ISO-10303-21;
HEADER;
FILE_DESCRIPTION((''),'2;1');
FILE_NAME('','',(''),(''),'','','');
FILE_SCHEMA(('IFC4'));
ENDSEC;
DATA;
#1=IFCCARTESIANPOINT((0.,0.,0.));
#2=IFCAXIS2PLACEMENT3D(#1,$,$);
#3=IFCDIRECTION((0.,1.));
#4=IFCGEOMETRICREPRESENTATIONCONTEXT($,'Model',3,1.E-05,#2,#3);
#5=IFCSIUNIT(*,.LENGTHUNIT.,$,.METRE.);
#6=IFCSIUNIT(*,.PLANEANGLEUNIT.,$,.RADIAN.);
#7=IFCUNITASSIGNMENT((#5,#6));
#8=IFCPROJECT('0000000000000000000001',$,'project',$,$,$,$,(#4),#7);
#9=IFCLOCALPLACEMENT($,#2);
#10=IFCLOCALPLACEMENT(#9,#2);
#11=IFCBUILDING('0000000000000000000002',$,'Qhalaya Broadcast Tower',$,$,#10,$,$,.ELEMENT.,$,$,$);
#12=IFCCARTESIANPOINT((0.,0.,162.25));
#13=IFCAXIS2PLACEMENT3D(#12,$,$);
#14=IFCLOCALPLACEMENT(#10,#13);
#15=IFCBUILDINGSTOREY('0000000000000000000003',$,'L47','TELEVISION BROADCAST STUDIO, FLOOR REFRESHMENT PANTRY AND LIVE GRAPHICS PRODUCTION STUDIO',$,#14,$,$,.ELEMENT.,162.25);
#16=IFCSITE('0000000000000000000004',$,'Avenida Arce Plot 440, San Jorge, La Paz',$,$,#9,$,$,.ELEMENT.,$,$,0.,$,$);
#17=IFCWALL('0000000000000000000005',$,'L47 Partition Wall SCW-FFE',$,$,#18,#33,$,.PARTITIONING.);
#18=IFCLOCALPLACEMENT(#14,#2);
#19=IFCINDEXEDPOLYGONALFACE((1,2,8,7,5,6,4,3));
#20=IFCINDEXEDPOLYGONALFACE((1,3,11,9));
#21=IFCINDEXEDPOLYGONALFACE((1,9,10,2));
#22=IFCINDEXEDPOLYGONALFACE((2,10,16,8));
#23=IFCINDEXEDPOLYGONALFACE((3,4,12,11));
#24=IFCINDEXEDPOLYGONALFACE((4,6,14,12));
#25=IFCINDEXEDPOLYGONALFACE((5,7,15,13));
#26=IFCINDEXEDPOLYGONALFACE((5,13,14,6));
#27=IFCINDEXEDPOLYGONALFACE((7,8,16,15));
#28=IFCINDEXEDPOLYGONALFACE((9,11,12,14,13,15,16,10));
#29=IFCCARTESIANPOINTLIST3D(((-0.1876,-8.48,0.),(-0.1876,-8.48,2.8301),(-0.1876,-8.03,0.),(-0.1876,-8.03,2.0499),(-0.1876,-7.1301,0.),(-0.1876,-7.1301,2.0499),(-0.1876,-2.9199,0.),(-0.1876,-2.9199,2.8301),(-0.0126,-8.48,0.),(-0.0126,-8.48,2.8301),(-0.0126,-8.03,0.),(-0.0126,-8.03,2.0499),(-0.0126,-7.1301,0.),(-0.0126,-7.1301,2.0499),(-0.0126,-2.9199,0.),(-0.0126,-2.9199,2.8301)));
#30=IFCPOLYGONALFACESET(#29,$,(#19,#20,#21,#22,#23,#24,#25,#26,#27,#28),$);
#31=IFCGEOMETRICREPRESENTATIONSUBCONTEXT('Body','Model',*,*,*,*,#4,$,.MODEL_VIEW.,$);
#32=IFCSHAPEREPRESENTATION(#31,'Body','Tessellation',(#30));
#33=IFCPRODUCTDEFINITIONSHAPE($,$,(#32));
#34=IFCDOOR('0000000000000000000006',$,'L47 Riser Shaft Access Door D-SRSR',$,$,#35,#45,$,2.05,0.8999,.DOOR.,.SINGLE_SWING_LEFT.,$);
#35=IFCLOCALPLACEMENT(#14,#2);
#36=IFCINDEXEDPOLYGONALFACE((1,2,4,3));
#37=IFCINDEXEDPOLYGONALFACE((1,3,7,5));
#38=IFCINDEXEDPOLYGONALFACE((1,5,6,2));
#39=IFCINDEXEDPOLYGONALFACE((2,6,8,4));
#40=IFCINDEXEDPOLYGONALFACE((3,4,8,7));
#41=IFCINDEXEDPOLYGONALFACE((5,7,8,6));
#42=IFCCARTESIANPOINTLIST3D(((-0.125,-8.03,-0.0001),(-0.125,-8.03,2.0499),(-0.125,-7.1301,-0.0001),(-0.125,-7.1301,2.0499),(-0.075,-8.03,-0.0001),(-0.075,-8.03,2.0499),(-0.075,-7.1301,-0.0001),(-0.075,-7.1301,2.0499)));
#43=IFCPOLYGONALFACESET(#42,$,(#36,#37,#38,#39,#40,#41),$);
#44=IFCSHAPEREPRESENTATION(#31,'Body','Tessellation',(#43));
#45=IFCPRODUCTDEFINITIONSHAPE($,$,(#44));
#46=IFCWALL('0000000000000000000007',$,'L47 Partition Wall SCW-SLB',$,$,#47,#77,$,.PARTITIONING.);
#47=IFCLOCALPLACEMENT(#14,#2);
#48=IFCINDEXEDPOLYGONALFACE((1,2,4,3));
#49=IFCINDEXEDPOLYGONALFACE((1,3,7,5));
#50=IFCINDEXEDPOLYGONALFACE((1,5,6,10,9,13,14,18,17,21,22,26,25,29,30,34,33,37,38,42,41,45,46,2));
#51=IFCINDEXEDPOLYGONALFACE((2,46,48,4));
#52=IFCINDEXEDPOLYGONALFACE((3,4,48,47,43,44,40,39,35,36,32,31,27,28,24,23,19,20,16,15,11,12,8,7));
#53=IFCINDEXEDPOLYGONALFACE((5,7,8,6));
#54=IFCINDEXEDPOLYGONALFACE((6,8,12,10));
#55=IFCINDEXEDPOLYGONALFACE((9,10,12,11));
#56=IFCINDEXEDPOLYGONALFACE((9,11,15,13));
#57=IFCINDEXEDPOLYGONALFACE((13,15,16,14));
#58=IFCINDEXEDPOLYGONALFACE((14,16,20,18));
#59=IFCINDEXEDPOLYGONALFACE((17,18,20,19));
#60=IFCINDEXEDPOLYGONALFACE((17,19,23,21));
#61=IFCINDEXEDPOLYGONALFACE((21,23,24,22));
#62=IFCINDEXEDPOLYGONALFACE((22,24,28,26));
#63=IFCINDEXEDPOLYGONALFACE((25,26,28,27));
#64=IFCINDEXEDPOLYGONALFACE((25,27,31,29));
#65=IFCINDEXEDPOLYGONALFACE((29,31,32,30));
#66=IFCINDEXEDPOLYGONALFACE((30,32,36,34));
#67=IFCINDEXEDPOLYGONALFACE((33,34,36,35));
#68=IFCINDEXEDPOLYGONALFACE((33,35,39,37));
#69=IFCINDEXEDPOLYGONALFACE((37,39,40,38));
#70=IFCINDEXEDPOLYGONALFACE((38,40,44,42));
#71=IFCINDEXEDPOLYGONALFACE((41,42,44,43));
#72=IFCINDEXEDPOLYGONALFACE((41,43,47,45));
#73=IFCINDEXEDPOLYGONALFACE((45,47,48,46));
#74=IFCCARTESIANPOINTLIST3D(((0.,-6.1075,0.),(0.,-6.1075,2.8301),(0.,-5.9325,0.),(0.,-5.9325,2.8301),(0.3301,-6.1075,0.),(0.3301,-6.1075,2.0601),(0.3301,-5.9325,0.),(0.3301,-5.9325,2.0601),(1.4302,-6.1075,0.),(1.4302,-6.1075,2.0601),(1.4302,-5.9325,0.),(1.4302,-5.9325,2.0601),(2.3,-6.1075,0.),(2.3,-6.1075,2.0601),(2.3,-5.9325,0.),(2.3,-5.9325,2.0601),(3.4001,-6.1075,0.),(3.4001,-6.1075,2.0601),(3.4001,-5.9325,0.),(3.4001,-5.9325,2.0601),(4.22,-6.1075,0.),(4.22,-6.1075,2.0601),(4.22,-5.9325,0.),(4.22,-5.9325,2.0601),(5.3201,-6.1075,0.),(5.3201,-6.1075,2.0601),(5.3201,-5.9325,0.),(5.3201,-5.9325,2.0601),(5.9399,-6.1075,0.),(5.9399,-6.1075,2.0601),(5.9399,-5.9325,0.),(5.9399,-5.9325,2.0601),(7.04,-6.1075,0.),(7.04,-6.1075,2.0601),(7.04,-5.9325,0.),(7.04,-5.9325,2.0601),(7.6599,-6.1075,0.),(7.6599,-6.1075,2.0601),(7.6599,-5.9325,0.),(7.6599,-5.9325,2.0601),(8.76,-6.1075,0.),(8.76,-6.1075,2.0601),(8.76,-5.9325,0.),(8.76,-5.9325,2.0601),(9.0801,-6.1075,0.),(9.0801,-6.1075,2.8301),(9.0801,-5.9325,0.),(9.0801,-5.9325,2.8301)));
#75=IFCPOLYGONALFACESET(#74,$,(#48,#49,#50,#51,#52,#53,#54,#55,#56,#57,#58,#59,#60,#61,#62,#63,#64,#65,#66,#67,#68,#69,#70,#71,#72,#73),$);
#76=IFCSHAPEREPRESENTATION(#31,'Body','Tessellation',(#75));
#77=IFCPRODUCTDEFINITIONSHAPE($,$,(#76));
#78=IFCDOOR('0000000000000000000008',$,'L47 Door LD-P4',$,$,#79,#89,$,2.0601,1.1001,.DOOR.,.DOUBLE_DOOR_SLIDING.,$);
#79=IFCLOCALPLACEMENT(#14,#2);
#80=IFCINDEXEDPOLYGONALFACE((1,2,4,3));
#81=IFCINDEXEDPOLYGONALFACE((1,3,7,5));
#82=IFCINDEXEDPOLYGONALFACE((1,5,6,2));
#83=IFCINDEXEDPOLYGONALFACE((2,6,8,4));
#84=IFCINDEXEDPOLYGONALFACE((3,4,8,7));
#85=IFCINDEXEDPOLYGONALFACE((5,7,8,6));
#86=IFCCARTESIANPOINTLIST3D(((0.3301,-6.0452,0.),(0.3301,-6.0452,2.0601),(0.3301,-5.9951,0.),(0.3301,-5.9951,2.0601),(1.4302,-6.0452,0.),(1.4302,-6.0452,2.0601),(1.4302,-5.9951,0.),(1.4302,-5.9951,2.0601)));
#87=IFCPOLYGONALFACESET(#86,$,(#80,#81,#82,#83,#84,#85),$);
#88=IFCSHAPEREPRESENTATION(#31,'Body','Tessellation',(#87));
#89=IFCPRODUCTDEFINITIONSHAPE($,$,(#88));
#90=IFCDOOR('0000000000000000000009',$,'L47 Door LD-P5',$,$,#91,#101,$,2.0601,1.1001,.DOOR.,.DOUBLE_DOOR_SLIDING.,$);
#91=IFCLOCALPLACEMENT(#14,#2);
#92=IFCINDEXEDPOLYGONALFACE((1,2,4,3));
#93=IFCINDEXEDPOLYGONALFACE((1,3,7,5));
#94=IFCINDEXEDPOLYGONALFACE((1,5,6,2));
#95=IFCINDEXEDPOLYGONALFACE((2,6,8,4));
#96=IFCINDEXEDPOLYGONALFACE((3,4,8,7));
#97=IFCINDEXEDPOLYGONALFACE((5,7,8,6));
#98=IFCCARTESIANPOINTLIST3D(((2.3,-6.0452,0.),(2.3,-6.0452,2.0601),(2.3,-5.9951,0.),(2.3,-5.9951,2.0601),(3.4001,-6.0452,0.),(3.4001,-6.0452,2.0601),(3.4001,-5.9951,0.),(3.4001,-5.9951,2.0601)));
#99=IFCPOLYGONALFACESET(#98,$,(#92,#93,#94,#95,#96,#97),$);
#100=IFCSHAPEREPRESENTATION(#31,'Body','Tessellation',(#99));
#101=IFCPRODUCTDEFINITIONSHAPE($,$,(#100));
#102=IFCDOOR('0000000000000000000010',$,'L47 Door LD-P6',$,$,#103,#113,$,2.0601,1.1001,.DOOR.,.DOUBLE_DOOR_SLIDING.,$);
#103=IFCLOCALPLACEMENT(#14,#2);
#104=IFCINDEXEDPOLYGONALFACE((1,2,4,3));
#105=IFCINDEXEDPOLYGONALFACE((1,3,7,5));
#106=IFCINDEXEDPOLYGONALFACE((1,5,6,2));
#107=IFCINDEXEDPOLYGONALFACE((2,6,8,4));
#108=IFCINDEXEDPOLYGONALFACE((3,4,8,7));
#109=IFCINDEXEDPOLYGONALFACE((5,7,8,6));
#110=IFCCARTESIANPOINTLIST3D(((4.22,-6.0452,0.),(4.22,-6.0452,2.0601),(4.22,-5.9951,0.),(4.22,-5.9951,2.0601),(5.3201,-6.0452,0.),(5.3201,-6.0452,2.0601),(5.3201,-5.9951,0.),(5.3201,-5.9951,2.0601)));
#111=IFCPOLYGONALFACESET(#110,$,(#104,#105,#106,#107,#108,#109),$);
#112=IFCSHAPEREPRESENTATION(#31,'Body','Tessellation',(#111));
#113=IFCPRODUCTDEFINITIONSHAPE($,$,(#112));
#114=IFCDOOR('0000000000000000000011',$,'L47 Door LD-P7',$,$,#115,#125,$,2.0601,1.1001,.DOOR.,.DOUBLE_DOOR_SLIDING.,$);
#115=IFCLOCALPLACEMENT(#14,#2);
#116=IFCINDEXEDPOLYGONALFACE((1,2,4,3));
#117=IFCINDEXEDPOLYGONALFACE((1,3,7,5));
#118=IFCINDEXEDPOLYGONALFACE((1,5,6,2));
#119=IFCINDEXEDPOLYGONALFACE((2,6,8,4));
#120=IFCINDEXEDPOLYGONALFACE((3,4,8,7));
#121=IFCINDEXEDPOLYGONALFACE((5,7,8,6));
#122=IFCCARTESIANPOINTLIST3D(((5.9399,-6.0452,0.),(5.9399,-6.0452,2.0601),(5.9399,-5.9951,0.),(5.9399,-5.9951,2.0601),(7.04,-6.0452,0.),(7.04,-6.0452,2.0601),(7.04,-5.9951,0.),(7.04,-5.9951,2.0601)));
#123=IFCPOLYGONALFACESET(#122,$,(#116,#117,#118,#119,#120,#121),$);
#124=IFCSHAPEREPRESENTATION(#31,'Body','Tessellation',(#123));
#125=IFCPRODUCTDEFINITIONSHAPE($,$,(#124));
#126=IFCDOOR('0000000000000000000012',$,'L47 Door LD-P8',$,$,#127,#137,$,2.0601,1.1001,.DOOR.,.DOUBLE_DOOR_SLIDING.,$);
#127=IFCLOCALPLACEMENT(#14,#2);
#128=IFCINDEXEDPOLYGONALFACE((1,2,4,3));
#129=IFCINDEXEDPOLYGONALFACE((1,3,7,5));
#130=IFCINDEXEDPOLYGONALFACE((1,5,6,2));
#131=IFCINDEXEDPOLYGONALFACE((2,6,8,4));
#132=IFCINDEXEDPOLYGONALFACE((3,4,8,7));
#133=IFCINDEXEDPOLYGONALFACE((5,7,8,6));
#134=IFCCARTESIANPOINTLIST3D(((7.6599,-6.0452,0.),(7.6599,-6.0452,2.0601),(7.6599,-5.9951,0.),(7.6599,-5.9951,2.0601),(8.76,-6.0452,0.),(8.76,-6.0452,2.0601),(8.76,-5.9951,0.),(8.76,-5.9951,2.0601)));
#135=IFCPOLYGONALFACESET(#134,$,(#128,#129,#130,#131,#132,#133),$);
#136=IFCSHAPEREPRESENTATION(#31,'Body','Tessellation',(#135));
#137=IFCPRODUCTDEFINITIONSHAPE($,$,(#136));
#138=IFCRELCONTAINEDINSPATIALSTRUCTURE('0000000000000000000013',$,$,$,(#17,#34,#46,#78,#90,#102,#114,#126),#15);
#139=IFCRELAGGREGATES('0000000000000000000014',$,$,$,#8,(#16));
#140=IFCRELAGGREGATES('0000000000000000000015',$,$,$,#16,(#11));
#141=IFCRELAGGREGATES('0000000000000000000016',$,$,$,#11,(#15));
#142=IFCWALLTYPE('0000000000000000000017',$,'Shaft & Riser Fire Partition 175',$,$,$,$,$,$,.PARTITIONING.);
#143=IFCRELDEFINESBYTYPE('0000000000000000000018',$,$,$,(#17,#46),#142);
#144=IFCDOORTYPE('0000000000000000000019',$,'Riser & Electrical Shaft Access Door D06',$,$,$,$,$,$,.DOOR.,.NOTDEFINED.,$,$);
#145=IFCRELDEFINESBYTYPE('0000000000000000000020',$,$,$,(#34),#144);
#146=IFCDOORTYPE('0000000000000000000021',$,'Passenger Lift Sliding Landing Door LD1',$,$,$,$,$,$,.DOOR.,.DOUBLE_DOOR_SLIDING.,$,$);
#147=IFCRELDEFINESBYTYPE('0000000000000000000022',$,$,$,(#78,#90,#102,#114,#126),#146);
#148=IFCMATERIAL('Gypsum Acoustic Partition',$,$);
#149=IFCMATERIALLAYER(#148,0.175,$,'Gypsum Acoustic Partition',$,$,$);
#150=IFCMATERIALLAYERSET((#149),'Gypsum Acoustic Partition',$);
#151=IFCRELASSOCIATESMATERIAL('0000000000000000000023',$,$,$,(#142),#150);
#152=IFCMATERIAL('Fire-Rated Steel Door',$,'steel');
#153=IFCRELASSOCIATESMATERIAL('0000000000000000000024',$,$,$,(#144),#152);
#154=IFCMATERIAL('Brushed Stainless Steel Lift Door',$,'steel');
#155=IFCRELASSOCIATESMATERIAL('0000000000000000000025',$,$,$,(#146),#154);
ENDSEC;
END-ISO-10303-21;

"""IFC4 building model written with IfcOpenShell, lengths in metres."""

from ifc_helpers import new_model, si_unit, direction, frame, frame_2d, origin, place, context, subcontext, project, spatial, rectangle, extrude, material, layer, layer_set, type_object, element, fill, save


model = new_model("IFC4")

# Units and contexts
model_context = context("Model", 3, precision=1e-05, world=origin(), true_north=direction((0.0, 1.0)))
body_context = subcontext(model_context, "Body", "Model", "MODEL_VIEW")
ifc_project = project(units=[si_unit("LENGTHUNIT", "METRE"), si_unit("PLANEANGLEUNIT", "RADIAN")], contexts=[model_context])

# Site, building, storey
site_placement = place(None, origin())
site = spatial("IfcSite", under=ifc_project, at=site_placement, Name="Avenida Arce Plot 440, San Jorge, La Paz", CompositionType="ELEMENT", RefElevation=0.0)
building_placement = place(site_placement, origin())
building = spatial("IfcBuilding", under=site, at=building_placement, Name="Qhalaya Broadcast Tower", CompositionType="ELEMENT")
storey_placement = place(building_placement, frame((0.0, 0.0, 162.25)))
storey = spatial("IfcBuildingStorey", under=building, at=storey_placement, Name="L47", Description="TELEVISION BROADCAST STUDIO, FLOOR REFRESHMENT PANTRY AND LIVE GRAPHICS PRODUCTION STUDIO", CompositionType="ELEMENT", Elevation=162.25)

# Shared definitions
ifc_material_1 = material(Name="Gypsum Acoustic Partition")

# Wall, opening, door
ifc_layer_1 = layer(ifc_material_1, 0.175, Name="Gypsum Acoustic Partition")
ifc_layer_set_1 = layer_set([ifc_layer_1], Name="Gypsum Acoustic Partition")
wall_type_1 = type_object("IfcWallType", Name="Shaft & Riser Fire Partition 175", PredefinedType="PARTITIONING", material=ifc_layer_set_1)
wall_1_placement = place(storey_placement, frame((-0.1001, -8.48, 0.0), z_axis=(0.0, 0.0, 1.0), x_axis=(0.0, 1.0, 0.0)))
wall_1 = element("IfcWall", 1, at=wall_1_placement, inside=storey, type_object=wall_type_1, Name="L47 Partition Wall SCW-FFE", PredefinedType="PARTITIONING", context=body_context, shape_type="SweptSolid", body=[
    extrude(rectangle(XDim=5.5601, YDim=0.175, at=frame_2d((2.78, 0.0))), origin(), (0.0, 0.0, 1.0), 2.8301),
])
opening_1_placement = place(wall_1_placement, frame((0.45, 0.0, 0.0)))
opening_1 = element("IfcOpeningElement", 2, at=opening_1_placement, cuts=wall_1, PredefinedType="OPENING", context=body_context, shape_type="SweptSolid", body=[
    extrude(rectangle(XDim=0.8999, YDim=2.05, at=frame_2d((0.45, 1.0249))), frame((0.0, 0.0996, 0.0), z_axis=(0.0, -1.0, 0.0), x_axis=(1.0, 0.0, 0.0)), (0.0, 0.0, 1.0), 0.199),
])
ifc_material_2 = material(Name="Fire-Rated Steel Door", Category="steel")
door_type_1 = type_object("IfcDoorType", Name="Riser & Electrical Shaft Access Door D06", OperationType="NOTDEFINED", PredefinedType="DOOR", material=ifc_material_2)
door_1_placement = place(opening_1_placement, origin())
door_1 = element("IfcDoor", 3, at=door_1_placement, inside=storey, type_object=door_type_1, Name="L47 Riser Shaft Access Door D-SRSR", OperationType="SINGLE_SWING_LEFT", OverallHeight=2.05, OverallWidth=0.8999, PredefinedType="DOOR", context=body_context, shape_type="SweptSolid", body=[
    extrude(rectangle(XDim=0.8999, YDim=2.05, at=frame_2d((0.45, 1.0249))), frame((0.0, 0.0249, 0.0), z_axis=(0.0, -1.0, 0.0), x_axis=(1.0, 0.0, 0.0)), (0.0, 0.0, 1.0), 0.05),
])
fill(opening_1, door_1)

# Wall, openings, doors
wall_2_placement = place(storey_placement, frame((0.0, -6.02, 0.0), z_axis=(0.0, 0.0, 1.0), x_axis=(1.0, 0.0, 0.0)))
wall_2 = element("IfcWall", 4, at=wall_2_placement, inside=storey, type_object=wall_type_1, Name="L47 Partition Wall SCW-SLB", PredefinedType="PARTITIONING", context=body_context, shape_type="SweptSolid", body=[
    extrude(rectangle(XDim=9.0801, YDim=0.175, at=frame_2d((4.54, 0.0))), origin(), (0.0, 0.0, 1.0), 2.8301),
])
opening_2_placement = place(wall_2_placement, frame((0.3301, 0.0, 0.0)))
opening_2 = element("IfcOpeningElement", 5, at=opening_2_placement, cuts=wall_2, PredefinedType="OPENING", context=body_context, shape_type="SweptSolid", body=[
    extrude(rectangle(XDim=1.1001, YDim=2.0601, at=frame_2d((0.55, 1.03))), frame((0.0, 0.0996, 0.0), z_axis=(0.0, -1.0, 0.0), x_axis=(1.0, 0.0, 0.0)), (0.0, 0.0, 1.0), 0.199),
])
opening_3_placement = place(wall_2_placement, frame((2.3, 0.0, 0.0)))
opening_3 = element("IfcOpeningElement", 6, at=opening_3_placement, cuts=wall_2, PredefinedType="OPENING", context=body_context, shape_type="SweptSolid", body=[
    extrude(rectangle(XDim=1.1001, YDim=2.0601, at=frame_2d((0.55, 1.03))), frame((0.0, 0.0996, 0.0), z_axis=(0.0, -1.0, 0.0), x_axis=(1.0, 0.0, 0.0)), (0.0, 0.0, 1.0), 0.199),
])
opening_4_placement = place(wall_2_placement, frame((4.22, 0.0, 0.0)))
opening_4 = element("IfcOpeningElement", 7, at=opening_4_placement, cuts=wall_2, PredefinedType="OPENING", context=body_context, shape_type="SweptSolid", body=[
    extrude(rectangle(XDim=1.1001, YDim=2.0601, at=frame_2d((0.55, 1.03))), frame((0.0, 0.0996, 0.0), z_axis=(0.0, -1.0, 0.0), x_axis=(1.0, 0.0, 0.0)), (0.0, 0.0, 1.0), 0.199),
])
opening_5_placement = place(wall_2_placement, frame((5.9399, 0.0, 0.0)))
opening_5 = element("IfcOpeningElement", 8, at=opening_5_placement, cuts=wall_2, PredefinedType="OPENING", context=body_context, shape_type="SweptSolid", body=[
    extrude(rectangle(XDim=1.1001, YDim=2.0601, at=frame_2d((0.55, 1.03))), frame((0.0, 0.0996, 0.0), z_axis=(0.0, -1.0, 0.0), x_axis=(1.0, 0.0, 0.0)), (0.0, 0.0, 1.0), 0.199),
])
opening_6_placement = place(wall_2_placement, frame((7.6599, 0.0, 0.0)))
opening_6 = element("IfcOpeningElement", 9, at=opening_6_placement, cuts=wall_2, PredefinedType="OPENING", context=body_context, shape_type="SweptSolid", body=[
    extrude(rectangle(XDim=1.1001, YDim=2.0601, at=frame_2d((0.55, 1.03))), frame((0.0, 0.0996, 0.0), z_axis=(0.0, -1.0, 0.0), x_axis=(1.0, 0.0, 0.0)), (0.0, 0.0, 1.0), 0.199),
])
ifc_material_3 = material(Name="Brushed Stainless Steel Lift Door", Category="steel")
door_type_2 = type_object("IfcDoorType", Name="Passenger Lift Sliding Landing Door LD1", OperationType="DOUBLE_DOOR_SLIDING", PredefinedType="DOOR", material=ifc_material_3)
door_2_placement = place(opening_2_placement, origin())
door_2 = element("IfcDoor", 10, at=door_2_placement, inside=storey, type_object=door_type_2, Name="L47 Door LD-P4", OperationType="DOUBLE_DOOR_SLIDING", OverallHeight=2.0601, OverallWidth=1.1001, PredefinedType="DOOR", context=body_context, shape_type="SweptSolid", body=[
    extrude(rectangle(XDim=1.1001, YDim=2.0601, at=frame_2d((0.55, 1.03))), frame((0.0, 0.0249, 0.0), z_axis=(0.0, -1.0, 0.0), x_axis=(1.0, 0.0, 0.0)), (0.0, 0.0, 1.0), 0.05),
])
fill(opening_2, door_2)
door_3_placement = place(opening_3_placement, origin())
door_3 = element("IfcDoor", 11, at=door_3_placement, inside=storey, type_object=door_type_2, Name="L47 Door LD-P5", OperationType="DOUBLE_DOOR_SLIDING", OverallHeight=2.0601, OverallWidth=1.1001, PredefinedType="DOOR", context=body_context, shape_type="SweptSolid", body=[
    extrude(rectangle(XDim=1.1001, YDim=2.0601, at=frame_2d((0.55, 1.03))), frame((0.0, 0.0249, 0.0), z_axis=(0.0, -1.0, 0.0), x_axis=(1.0, 0.0, 0.0)), (0.0, 0.0, 1.0), 0.05),
])
fill(opening_3, door_3)
door_4_placement = place(opening_4_placement, origin())
door_4 = element("IfcDoor", 12, at=door_4_placement, inside=storey, type_object=door_type_2, Name="L47 Door LD-P6", OperationType="DOUBLE_DOOR_SLIDING", OverallHeight=2.0601, OverallWidth=1.1001, PredefinedType="DOOR", context=body_context, shape_type="SweptSolid", body=[
    extrude(rectangle(XDim=1.1001, YDim=2.0601, at=frame_2d((0.55, 1.03))), frame((0.0, 0.0249, 0.0), z_axis=(0.0, -1.0, 0.0), x_axis=(1.0, 0.0, 0.0)), (0.0, 0.0, 1.0), 0.05),
])
fill(opening_4, door_4)
door_5_placement = place(opening_5_placement, origin())
door_5 = element("IfcDoor", 13, at=door_5_placement, inside=storey, type_object=door_type_2, Name="L47 Door LD-P7", OperationType="DOUBLE_DOOR_SLIDING", OverallHeight=2.0601, OverallWidth=1.1001, PredefinedType="DOOR", context=body_context, shape_type="SweptSolid", body=[
    extrude(rectangle(XDim=1.1001, YDim=2.0601, at=frame_2d((0.55, 1.03))), frame((0.0, 0.0249, 0.0), z_axis=(0.0, -1.0, 0.0), x_axis=(1.0, 0.0, 0.0)), (0.0, 0.0, 1.0), 0.05),
])
fill(opening_5, door_5)
door_6_placement = place(opening_6_placement, origin())
door_6 = element("IfcDoor", 14, at=door_6_placement, inside=storey, type_object=door_type_2, Name="L47 Door LD-P8", OperationType="DOUBLE_DOOR_SLIDING", OverallHeight=2.0601, OverallWidth=1.1001, PredefinedType="DOOR", context=body_context, shape_type="SweptSolid", body=[
    extrude(rectangle(XDim=1.1001, YDim=2.0601, at=frame_2d((0.55, 1.03))), frame((0.0, 0.0249, 0.0), z_axis=(0.0, -1.0, 0.0), x_axis=(1.0, 0.0, 0.0)), (0.0, 0.0, 1.0), 0.05),
])
fill(opening_6, door_6)

save(model, "model.ifc")
